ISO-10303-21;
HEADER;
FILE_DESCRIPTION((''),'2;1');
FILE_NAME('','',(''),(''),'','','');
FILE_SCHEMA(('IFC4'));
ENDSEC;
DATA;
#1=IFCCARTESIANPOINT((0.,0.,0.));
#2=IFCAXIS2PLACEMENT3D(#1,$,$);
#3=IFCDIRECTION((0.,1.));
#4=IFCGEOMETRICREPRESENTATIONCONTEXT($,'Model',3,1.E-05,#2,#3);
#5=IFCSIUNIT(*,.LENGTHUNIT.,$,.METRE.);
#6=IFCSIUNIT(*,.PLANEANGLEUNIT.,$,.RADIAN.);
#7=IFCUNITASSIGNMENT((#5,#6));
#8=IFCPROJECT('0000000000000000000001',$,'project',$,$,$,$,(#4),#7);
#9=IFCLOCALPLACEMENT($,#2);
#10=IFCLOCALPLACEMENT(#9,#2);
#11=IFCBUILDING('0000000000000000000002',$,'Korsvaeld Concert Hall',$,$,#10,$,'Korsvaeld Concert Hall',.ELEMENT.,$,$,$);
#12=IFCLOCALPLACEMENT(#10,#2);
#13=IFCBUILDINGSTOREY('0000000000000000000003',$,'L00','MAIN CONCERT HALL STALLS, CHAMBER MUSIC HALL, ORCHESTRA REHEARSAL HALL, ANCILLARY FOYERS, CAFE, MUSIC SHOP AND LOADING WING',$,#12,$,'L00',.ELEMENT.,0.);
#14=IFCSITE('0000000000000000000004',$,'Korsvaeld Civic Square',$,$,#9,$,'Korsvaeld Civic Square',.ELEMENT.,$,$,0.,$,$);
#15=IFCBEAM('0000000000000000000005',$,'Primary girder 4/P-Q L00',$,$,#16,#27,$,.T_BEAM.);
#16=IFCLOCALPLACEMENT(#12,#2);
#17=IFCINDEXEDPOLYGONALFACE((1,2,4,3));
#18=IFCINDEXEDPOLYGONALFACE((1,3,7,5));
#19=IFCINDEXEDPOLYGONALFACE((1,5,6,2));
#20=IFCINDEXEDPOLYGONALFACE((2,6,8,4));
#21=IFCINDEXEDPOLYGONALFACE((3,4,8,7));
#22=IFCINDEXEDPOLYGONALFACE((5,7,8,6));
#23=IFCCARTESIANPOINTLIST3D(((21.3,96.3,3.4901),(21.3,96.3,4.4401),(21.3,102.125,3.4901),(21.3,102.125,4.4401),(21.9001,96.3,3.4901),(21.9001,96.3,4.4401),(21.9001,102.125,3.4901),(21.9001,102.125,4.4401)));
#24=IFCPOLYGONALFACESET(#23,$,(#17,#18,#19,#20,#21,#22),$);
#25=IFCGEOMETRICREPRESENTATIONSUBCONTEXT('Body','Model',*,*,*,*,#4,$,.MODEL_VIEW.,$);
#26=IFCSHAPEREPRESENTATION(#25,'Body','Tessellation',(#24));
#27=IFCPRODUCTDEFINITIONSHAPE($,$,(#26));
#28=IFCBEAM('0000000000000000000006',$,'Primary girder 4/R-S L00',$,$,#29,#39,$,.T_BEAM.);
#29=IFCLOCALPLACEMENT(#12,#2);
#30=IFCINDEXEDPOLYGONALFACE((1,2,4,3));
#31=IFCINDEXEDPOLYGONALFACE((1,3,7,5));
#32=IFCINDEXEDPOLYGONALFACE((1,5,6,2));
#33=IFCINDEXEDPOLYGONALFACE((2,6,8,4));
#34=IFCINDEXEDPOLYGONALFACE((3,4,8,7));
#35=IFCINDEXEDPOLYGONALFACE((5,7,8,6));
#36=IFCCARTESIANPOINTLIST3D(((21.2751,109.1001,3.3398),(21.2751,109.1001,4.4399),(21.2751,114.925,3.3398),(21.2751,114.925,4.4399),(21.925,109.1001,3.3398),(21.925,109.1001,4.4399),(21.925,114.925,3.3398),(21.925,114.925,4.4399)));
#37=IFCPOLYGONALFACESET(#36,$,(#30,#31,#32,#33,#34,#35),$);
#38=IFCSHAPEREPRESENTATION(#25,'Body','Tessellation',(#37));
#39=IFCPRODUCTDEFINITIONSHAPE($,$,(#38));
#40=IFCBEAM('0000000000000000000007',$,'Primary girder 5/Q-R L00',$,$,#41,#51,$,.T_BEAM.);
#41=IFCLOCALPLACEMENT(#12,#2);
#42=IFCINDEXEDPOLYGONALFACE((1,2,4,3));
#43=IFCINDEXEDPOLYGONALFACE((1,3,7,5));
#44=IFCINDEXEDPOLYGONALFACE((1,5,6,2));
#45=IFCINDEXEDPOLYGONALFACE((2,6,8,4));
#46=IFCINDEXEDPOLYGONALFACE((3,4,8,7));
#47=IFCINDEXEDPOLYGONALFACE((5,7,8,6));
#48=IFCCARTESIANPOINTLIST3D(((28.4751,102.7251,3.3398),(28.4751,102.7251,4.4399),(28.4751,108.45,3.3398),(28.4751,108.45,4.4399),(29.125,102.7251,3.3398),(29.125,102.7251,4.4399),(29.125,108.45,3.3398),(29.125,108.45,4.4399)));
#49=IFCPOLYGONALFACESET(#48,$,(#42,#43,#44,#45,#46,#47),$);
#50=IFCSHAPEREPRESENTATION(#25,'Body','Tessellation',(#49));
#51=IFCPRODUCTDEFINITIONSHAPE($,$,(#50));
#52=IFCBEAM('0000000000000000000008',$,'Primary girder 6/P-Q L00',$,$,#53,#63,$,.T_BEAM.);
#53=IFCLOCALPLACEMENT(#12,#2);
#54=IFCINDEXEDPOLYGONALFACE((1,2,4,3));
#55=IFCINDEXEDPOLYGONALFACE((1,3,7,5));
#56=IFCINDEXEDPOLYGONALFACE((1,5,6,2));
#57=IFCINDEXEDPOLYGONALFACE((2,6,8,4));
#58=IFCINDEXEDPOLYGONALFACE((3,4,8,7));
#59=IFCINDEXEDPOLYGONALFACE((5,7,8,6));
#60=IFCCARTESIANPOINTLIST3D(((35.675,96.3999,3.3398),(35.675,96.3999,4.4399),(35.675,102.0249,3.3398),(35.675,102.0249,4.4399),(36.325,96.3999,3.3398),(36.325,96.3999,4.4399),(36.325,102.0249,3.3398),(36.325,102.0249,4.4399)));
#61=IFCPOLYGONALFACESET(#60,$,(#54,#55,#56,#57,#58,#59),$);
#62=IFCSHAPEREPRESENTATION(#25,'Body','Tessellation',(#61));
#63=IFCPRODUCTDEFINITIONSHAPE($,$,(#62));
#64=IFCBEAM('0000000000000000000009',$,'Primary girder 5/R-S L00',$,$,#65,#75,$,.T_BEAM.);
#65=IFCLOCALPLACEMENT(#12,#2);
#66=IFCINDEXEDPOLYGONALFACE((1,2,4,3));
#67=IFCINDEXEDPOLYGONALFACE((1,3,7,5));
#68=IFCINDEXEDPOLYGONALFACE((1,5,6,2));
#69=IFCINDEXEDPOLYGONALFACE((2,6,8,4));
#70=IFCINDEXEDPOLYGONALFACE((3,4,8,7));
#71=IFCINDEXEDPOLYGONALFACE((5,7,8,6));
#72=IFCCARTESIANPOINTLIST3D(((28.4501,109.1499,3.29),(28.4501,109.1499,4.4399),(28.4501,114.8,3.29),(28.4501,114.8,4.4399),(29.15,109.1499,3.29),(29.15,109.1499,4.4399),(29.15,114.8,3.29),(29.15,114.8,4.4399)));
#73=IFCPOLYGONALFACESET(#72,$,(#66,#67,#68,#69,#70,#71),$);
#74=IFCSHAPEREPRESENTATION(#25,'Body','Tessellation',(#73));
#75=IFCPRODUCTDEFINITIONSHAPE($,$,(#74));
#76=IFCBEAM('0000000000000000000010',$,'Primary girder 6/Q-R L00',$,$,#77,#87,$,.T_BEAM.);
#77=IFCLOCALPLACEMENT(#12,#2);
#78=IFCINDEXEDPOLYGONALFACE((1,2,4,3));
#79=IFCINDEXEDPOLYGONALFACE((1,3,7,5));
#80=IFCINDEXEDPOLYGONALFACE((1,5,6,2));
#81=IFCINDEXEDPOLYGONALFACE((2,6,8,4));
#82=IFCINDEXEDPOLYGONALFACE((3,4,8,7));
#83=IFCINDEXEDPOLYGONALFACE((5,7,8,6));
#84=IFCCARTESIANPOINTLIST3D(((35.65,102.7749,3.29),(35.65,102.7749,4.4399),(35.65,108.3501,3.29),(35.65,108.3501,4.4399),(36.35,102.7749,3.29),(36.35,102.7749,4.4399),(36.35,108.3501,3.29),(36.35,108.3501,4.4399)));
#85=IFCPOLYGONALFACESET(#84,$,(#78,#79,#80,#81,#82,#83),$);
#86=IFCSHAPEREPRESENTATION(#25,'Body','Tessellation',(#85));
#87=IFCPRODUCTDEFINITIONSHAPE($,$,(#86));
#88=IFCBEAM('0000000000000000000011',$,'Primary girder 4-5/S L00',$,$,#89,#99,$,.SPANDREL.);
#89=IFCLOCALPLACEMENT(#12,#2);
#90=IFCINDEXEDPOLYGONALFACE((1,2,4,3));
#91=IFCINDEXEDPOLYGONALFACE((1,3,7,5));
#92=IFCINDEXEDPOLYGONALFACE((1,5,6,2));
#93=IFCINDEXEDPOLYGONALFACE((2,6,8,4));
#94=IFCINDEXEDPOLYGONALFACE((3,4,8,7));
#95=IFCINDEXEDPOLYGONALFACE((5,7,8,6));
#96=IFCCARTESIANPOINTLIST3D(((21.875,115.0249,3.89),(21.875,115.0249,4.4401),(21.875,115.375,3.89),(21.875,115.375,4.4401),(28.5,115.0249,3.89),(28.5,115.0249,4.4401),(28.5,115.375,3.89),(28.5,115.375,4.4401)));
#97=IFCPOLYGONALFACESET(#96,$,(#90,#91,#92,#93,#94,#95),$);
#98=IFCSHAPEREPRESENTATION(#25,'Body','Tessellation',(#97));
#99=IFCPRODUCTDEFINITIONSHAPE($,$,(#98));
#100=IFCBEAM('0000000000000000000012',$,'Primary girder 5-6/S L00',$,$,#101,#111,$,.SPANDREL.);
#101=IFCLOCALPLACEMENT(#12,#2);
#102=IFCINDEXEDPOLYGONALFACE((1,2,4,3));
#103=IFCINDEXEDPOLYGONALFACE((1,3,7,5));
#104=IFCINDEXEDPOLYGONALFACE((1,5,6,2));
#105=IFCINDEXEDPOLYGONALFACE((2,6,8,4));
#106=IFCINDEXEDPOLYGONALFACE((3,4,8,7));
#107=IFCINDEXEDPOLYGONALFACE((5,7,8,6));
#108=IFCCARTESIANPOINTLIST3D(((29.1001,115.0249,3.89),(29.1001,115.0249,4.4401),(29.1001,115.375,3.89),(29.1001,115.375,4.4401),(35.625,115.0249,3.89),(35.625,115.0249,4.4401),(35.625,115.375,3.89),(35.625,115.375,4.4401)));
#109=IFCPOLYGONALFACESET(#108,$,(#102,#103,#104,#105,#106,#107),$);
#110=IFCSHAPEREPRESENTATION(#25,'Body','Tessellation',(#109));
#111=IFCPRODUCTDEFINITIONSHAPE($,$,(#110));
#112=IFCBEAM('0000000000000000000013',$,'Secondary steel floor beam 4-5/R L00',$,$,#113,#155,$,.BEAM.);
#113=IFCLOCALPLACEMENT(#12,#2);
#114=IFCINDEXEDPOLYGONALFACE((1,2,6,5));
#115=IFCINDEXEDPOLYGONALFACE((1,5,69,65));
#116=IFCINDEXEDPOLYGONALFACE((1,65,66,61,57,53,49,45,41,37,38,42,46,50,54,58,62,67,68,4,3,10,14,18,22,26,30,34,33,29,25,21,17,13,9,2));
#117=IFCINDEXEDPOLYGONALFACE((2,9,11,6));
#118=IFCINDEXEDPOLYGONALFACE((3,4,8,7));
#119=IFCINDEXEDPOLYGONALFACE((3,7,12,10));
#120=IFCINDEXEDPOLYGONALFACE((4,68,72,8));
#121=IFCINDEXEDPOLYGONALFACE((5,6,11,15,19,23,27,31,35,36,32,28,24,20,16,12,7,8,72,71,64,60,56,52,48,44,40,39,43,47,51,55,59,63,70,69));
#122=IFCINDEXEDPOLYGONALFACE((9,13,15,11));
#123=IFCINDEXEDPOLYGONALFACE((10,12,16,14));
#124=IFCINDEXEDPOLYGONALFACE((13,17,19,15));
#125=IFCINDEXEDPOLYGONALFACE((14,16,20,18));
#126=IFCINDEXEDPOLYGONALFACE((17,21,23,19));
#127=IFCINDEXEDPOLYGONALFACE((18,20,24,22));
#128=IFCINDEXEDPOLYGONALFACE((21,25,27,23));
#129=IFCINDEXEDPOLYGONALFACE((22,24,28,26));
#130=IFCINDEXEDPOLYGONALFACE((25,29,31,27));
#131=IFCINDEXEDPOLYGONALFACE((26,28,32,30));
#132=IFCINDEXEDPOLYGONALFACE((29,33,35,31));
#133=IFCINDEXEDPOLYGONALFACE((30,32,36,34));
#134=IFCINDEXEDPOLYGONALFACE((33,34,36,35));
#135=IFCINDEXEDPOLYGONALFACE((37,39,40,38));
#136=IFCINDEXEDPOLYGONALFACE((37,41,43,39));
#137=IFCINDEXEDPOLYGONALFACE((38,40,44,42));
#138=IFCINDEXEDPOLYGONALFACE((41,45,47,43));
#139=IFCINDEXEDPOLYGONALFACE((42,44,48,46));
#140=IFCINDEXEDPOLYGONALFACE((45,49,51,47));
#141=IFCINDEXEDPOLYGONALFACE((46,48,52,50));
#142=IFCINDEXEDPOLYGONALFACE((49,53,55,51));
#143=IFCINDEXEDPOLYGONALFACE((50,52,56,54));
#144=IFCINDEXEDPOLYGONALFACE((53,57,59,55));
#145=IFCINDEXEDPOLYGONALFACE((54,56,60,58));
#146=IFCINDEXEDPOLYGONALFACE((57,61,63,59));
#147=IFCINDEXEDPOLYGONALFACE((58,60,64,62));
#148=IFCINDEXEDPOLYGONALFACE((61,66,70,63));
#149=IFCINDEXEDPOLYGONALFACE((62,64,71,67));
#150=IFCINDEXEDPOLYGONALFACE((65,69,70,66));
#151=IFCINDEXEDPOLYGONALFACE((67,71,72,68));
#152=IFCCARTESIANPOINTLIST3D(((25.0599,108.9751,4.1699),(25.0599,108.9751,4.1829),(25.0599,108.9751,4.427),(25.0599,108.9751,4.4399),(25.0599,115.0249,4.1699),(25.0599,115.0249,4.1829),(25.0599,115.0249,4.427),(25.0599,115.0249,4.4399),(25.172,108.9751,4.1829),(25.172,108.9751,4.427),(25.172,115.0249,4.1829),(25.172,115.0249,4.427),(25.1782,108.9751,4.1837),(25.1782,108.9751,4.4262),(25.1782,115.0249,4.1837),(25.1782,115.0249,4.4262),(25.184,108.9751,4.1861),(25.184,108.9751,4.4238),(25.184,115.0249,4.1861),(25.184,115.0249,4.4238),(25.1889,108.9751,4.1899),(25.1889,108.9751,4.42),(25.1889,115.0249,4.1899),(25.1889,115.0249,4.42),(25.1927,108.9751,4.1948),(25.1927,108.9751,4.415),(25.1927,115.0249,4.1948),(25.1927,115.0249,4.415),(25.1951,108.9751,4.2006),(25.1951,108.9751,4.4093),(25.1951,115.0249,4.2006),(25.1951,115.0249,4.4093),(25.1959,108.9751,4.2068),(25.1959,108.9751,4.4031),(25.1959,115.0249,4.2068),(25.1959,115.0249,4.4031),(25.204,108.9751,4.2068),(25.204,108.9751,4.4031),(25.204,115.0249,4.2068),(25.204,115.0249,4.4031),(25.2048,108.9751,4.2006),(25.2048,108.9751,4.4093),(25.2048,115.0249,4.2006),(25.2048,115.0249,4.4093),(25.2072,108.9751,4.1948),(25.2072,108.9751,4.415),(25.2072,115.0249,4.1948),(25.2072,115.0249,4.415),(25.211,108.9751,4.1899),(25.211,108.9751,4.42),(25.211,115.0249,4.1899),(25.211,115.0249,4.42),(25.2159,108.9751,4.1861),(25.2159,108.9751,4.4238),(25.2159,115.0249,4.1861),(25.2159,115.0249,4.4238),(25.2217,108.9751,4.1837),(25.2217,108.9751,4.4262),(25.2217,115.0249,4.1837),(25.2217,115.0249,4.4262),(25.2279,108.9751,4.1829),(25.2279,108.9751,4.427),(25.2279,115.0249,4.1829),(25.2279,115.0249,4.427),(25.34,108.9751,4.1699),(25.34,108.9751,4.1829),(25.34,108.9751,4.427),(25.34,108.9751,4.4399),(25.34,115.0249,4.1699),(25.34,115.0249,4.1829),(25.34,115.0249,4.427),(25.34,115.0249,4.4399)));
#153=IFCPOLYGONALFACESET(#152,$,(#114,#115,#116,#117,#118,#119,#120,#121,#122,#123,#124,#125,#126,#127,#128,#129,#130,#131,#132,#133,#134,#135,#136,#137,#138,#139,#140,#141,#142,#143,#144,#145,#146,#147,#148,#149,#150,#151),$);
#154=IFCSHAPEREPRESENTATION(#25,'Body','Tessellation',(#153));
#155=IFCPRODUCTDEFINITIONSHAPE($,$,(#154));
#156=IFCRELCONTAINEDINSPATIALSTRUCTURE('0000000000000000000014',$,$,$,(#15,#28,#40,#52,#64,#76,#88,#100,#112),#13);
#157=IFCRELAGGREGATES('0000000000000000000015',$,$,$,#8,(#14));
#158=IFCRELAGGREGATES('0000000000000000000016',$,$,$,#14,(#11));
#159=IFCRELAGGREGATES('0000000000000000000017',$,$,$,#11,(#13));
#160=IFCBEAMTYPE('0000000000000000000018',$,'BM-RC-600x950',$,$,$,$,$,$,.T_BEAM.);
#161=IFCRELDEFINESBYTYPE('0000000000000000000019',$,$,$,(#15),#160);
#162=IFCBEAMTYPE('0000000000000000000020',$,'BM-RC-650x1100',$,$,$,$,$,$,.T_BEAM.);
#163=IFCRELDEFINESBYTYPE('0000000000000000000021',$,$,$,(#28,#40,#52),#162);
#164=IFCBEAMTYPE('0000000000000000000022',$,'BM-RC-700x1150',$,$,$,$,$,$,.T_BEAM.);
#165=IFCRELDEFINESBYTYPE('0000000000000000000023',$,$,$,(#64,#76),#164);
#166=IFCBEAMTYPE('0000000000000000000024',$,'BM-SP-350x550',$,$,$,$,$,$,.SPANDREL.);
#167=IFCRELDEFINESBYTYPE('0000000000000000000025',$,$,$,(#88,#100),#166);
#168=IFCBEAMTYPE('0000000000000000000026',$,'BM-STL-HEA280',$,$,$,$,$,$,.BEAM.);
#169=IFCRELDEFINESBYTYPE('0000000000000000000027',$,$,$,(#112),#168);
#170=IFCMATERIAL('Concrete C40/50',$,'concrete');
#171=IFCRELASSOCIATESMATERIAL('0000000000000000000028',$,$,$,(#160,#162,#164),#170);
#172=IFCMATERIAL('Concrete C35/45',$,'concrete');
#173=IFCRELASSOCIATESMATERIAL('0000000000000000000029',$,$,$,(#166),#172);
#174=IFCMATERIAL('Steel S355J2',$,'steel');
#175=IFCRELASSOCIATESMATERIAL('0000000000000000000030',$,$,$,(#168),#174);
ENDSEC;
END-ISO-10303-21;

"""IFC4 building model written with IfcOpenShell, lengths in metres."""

from ifc_helpers import new_model, si_unit, direction, frame, origin, origin_2d, place, context, subcontext, project, spatial, rectangle, i_section, extrude, material, material_profile, profile_set, type_object, element, save


model = new_model("IFC4")

# Units and contexts
model_context = context("Model", 3, precision=1e-05, world=origin(), true_north=direction((0.0, 1.0)))
body_context = subcontext(model_context, "Body", "Model", "MODEL_VIEW")
ifc_project = project(units=[si_unit("LENGTHUNIT", "METRE"), si_unit("PLANEANGLEUNIT", "RADIAN")], contexts=[model_context])

# Site, building, storey
site_placement = place(None, origin())
site = spatial("IfcSite", under=ifc_project, at=site_placement, Name="Korsvaeld Civic Square", LongName="Korsvaeld Civic Square", CompositionType="ELEMENT", RefElevation=0.0)
building_placement = place(site_placement, origin())
building = spatial("IfcBuilding", under=site, at=building_placement, Name="Korsvaeld Concert Hall", LongName="Korsvaeld Concert Hall", CompositionType="ELEMENT")
storey_placement = place(building_placement, origin())
storey = spatial("IfcBuildingStorey", under=building, at=storey_placement, Name="L00", Description="MAIN CONCERT HALL STALLS, CHAMBER MUSIC HALL, ORCHESTRA REHEARSAL HALL, ANCILLARY FOYERS, CAFE, MUSIC SHOP AND LOADING WING", LongName="L00", CompositionType="ELEMENT", Elevation=0.0)

# Shared definitions
ifc_material_1 = material(Name="Concrete C40/50", Category="concrete")

# Beams
ifc_material_2 = material(Name="Concrete C35/45", Category="concrete")
ifc_material_profile_1 = material_profile(ifc_material_1, rectangle(XDim=0.6001, YDim=0.95, at=origin_2d()), Name="RC 600x950")
ifc_profile_set_1 = profile_set([ifc_material_profile_1], Name="Concrete C40/50")
beam_type_1 = type_object("IfcBeamType", Name="BM-RC-600x950", PredefinedType="T_BEAM", material=ifc_profile_set_1)
beam_1_placement = place(storey_placement, frame((21.6001, 96.3, 3.9651), z_axis=(0.0, 1.0, 0.0), x_axis=(-1.0, 0.0, 0.0)))
element("IfcBeam", 1, at=beam_1_placement, inside=storey, type_object=beam_type_1, Name="Primary girder 4/P-Q L00", PredefinedType="T_BEAM", context=body_context, shape_type="SweptSolid", body=[
    extrude(rectangle(XDim=0.6001, YDim=0.95, at=origin_2d()), origin(), (0.0, 0.0, 1.0), 5.825),
])
ifc_material_profile_2 = material_profile(ifc_material_1, rectangle(XDim=0.6499, YDim=1.1001, at=origin_2d()), Name="RC 650x1100")
ifc_profile_set_2 = profile_set([ifc_material_profile_2], Name="Concrete C40/50")
beam_type_2 = type_object("IfcBeamType", Name="BM-RC-650x1100", PredefinedType="T_BEAM", material=ifc_profile_set_2)
beam_2_placement = place(storey_placement, frame((21.6001, 109.1001, 3.8899), z_axis=(0.0, 1.0, 0.0), x_axis=(-1.0, 0.0, 0.0)))
element("IfcBeam", 2, at=beam_2_placement, inside=storey, type_object=beam_type_2, Name="Primary girder 4/R-S L00", PredefinedType="T_BEAM", context=body_context, shape_type="SweptSolid", body=[
    extrude(rectangle(XDim=0.6499, YDim=1.1001, at=origin_2d()), origin(), (0.0, 0.0, 1.0), 5.825),
])
beam_3_placement = place(storey_placement, frame((28.8, 102.7251, 3.8899), z_axis=(0.0, 1.0, 0.0), x_axis=(-1.0, 0.0, 0.0)))
element("IfcBeam", 3, at=beam_3_placement, inside=storey, type_object=beam_type_2, Name="Primary girder 5/Q-R L00", PredefinedType="T_BEAM", context=body_context, shape_type="SweptSolid", body=[
    extrude(rectangle(XDim=0.6499, YDim=1.1001, at=origin_2d()), origin(), (0.0, 0.0, 1.0), 5.7249),
])
beam_4_placement = place(storey_placement, frame((36.0, 96.3999, 3.8899), z_axis=(0.0, 1.0, 0.0), x_axis=(-1.0, 0.0, 0.0)))
element("IfcBeam", 4, at=beam_4_placement, inside=storey, type_object=beam_type_2, Name="Primary girder 6/P-Q L00", PredefinedType="T_BEAM", context=body_context, shape_type="SweptSolid", body=[
    extrude(rectangle(XDim=0.6499, YDim=1.1001, at=origin_2d()), origin(), (0.0, 0.0, 1.0), 5.625),
])
ifc_material_profile_3 = material_profile(ifc_material_1, rectangle(XDim=0.7, YDim=1.1499, at=origin_2d()), Name="RC 700x1150")
ifc_profile_set_3 = profile_set([ifc_material_profile_3], Name="Concrete C40/50")
beam_type_3 = type_object("IfcBeamType", Name="BM-RC-700x1150", PredefinedType="T_BEAM", material=ifc_profile_set_3)
beam_5_placement = place(storey_placement, frame((28.8, 109.1499, 3.865), z_axis=(0.0, 1.0, 0.0), x_axis=(-1.0, 0.0, 0.0)))
element("IfcBeam", 5, at=beam_5_placement, inside=storey, type_object=beam_type_3, Name="Primary girder 5/R-S L00", PredefinedType="T_BEAM", context=body_context, shape_type="SweptSolid", body=[
    extrude(rectangle(XDim=0.7, YDim=1.1499, at=origin_2d()), origin(), (0.0, 0.0, 1.0), 5.6501),
])
beam_6_placement = place(storey_placement, frame((36.0, 102.7749, 3.865), z_axis=(0.0, 1.0, 0.0), x_axis=(-1.0, 0.0, 0.0)))
element("IfcBeam", 6, at=beam_6_placement, inside=storey, type_object=beam_type_3, Name="Primary girder 6/Q-R L00", PredefinedType="T_BEAM", context=body_context, shape_type="SweptSolid", body=[
    extrude(rectangle(XDim=0.7, YDim=1.1499, at=origin_2d()), origin(), (0.0, 0.0, 1.0), 5.5752),
])
ifc_material_profile_4 = material_profile(ifc_material_2, rectangle(XDim=0.3501, YDim=0.55, at=origin_2d()), Name="RC 350x550")
ifc_profile_set_4 = profile_set([ifc_material_profile_4], Name="Concrete C35/45")
beam_type_4 = type_object("IfcBeamType", Name="BM-SP-350x550", PredefinedType="SPANDREL", material=ifc_profile_set_4)
beam_7_placement = place(storey_placement, frame((21.875, 115.2, 4.165), z_axis=(1.0, 0.0, 0.0), x_axis=(0.0, 1.0, 0.0)))
element("IfcBeam", 7, at=beam_7_placement, inside=storey, type_object=beam_type_4, Name="Primary girder 4-5/S L00", PredefinedType="SPANDREL", context=body_context, shape_type="SweptSolid", body=[
    extrude(rectangle(XDim=0.3501, YDim=0.55, at=origin_2d()), origin(), (0.0, 0.0, 1.0), 6.625),
])
beam_8_placement = place(storey_placement, frame((29.1001, 115.2, 4.165), z_axis=(1.0, 0.0, 0.0), x_axis=(0.0, 1.0, 0.0)))
element("IfcBeam", 8, at=beam_8_placement, inside=storey, type_object=beam_type_4, Name="Primary girder 5-6/S L00", PredefinedType="SPANDREL", context=body_context, shape_type="SweptSolid", body=[
    extrude(rectangle(XDim=0.3501, YDim=0.55, at=origin_2d()), origin(), (0.0, 0.0, 1.0), 6.5249),
])
ifc_material_3 = material(Name="Steel S355J2", Category="steel")
ifc_material_profile_5 = material_profile(ifc_material_3, i_section(OverallWidth=0.28, OverallDepth=0.27, WebThickness=0.0081, FlangeThickness=0.0129, FilletRadius=0.0239, at=origin_2d()), Name="HEA 280")
ifc_profile_set_5 = profile_set([ifc_material_profile_5], Name="Steel S355J2")
beam_type_5 = type_object("IfcBeamType", Name="BM-STL-HEA280", PredefinedType="BEAM", material=ifc_profile_set_5)
beam_9_placement = place(storey_placement, frame((25.2, 108.9751, 4.3049), z_axis=(0.0, 1.0, 0.0), x_axis=(-1.0, 0.0, 0.0)))
element("IfcBeam", 9, at=beam_9_placement, inside=storey, type_object=beam_type_5, Name="Secondary steel floor beam 4-5/R L00", PredefinedType="BEAM", context=body_context, shape_type="SweptSolid", body=[
    extrude(i_section(OverallWidth=0.28, OverallDepth=0.27, WebThickness=0.0081, FlangeThickness=0.0129, FilletRadius=0.0239, at=origin_2d()), origin(), (0.0, 0.0, 1.0), 6.0498),
])

save(model, "model.ifc")
